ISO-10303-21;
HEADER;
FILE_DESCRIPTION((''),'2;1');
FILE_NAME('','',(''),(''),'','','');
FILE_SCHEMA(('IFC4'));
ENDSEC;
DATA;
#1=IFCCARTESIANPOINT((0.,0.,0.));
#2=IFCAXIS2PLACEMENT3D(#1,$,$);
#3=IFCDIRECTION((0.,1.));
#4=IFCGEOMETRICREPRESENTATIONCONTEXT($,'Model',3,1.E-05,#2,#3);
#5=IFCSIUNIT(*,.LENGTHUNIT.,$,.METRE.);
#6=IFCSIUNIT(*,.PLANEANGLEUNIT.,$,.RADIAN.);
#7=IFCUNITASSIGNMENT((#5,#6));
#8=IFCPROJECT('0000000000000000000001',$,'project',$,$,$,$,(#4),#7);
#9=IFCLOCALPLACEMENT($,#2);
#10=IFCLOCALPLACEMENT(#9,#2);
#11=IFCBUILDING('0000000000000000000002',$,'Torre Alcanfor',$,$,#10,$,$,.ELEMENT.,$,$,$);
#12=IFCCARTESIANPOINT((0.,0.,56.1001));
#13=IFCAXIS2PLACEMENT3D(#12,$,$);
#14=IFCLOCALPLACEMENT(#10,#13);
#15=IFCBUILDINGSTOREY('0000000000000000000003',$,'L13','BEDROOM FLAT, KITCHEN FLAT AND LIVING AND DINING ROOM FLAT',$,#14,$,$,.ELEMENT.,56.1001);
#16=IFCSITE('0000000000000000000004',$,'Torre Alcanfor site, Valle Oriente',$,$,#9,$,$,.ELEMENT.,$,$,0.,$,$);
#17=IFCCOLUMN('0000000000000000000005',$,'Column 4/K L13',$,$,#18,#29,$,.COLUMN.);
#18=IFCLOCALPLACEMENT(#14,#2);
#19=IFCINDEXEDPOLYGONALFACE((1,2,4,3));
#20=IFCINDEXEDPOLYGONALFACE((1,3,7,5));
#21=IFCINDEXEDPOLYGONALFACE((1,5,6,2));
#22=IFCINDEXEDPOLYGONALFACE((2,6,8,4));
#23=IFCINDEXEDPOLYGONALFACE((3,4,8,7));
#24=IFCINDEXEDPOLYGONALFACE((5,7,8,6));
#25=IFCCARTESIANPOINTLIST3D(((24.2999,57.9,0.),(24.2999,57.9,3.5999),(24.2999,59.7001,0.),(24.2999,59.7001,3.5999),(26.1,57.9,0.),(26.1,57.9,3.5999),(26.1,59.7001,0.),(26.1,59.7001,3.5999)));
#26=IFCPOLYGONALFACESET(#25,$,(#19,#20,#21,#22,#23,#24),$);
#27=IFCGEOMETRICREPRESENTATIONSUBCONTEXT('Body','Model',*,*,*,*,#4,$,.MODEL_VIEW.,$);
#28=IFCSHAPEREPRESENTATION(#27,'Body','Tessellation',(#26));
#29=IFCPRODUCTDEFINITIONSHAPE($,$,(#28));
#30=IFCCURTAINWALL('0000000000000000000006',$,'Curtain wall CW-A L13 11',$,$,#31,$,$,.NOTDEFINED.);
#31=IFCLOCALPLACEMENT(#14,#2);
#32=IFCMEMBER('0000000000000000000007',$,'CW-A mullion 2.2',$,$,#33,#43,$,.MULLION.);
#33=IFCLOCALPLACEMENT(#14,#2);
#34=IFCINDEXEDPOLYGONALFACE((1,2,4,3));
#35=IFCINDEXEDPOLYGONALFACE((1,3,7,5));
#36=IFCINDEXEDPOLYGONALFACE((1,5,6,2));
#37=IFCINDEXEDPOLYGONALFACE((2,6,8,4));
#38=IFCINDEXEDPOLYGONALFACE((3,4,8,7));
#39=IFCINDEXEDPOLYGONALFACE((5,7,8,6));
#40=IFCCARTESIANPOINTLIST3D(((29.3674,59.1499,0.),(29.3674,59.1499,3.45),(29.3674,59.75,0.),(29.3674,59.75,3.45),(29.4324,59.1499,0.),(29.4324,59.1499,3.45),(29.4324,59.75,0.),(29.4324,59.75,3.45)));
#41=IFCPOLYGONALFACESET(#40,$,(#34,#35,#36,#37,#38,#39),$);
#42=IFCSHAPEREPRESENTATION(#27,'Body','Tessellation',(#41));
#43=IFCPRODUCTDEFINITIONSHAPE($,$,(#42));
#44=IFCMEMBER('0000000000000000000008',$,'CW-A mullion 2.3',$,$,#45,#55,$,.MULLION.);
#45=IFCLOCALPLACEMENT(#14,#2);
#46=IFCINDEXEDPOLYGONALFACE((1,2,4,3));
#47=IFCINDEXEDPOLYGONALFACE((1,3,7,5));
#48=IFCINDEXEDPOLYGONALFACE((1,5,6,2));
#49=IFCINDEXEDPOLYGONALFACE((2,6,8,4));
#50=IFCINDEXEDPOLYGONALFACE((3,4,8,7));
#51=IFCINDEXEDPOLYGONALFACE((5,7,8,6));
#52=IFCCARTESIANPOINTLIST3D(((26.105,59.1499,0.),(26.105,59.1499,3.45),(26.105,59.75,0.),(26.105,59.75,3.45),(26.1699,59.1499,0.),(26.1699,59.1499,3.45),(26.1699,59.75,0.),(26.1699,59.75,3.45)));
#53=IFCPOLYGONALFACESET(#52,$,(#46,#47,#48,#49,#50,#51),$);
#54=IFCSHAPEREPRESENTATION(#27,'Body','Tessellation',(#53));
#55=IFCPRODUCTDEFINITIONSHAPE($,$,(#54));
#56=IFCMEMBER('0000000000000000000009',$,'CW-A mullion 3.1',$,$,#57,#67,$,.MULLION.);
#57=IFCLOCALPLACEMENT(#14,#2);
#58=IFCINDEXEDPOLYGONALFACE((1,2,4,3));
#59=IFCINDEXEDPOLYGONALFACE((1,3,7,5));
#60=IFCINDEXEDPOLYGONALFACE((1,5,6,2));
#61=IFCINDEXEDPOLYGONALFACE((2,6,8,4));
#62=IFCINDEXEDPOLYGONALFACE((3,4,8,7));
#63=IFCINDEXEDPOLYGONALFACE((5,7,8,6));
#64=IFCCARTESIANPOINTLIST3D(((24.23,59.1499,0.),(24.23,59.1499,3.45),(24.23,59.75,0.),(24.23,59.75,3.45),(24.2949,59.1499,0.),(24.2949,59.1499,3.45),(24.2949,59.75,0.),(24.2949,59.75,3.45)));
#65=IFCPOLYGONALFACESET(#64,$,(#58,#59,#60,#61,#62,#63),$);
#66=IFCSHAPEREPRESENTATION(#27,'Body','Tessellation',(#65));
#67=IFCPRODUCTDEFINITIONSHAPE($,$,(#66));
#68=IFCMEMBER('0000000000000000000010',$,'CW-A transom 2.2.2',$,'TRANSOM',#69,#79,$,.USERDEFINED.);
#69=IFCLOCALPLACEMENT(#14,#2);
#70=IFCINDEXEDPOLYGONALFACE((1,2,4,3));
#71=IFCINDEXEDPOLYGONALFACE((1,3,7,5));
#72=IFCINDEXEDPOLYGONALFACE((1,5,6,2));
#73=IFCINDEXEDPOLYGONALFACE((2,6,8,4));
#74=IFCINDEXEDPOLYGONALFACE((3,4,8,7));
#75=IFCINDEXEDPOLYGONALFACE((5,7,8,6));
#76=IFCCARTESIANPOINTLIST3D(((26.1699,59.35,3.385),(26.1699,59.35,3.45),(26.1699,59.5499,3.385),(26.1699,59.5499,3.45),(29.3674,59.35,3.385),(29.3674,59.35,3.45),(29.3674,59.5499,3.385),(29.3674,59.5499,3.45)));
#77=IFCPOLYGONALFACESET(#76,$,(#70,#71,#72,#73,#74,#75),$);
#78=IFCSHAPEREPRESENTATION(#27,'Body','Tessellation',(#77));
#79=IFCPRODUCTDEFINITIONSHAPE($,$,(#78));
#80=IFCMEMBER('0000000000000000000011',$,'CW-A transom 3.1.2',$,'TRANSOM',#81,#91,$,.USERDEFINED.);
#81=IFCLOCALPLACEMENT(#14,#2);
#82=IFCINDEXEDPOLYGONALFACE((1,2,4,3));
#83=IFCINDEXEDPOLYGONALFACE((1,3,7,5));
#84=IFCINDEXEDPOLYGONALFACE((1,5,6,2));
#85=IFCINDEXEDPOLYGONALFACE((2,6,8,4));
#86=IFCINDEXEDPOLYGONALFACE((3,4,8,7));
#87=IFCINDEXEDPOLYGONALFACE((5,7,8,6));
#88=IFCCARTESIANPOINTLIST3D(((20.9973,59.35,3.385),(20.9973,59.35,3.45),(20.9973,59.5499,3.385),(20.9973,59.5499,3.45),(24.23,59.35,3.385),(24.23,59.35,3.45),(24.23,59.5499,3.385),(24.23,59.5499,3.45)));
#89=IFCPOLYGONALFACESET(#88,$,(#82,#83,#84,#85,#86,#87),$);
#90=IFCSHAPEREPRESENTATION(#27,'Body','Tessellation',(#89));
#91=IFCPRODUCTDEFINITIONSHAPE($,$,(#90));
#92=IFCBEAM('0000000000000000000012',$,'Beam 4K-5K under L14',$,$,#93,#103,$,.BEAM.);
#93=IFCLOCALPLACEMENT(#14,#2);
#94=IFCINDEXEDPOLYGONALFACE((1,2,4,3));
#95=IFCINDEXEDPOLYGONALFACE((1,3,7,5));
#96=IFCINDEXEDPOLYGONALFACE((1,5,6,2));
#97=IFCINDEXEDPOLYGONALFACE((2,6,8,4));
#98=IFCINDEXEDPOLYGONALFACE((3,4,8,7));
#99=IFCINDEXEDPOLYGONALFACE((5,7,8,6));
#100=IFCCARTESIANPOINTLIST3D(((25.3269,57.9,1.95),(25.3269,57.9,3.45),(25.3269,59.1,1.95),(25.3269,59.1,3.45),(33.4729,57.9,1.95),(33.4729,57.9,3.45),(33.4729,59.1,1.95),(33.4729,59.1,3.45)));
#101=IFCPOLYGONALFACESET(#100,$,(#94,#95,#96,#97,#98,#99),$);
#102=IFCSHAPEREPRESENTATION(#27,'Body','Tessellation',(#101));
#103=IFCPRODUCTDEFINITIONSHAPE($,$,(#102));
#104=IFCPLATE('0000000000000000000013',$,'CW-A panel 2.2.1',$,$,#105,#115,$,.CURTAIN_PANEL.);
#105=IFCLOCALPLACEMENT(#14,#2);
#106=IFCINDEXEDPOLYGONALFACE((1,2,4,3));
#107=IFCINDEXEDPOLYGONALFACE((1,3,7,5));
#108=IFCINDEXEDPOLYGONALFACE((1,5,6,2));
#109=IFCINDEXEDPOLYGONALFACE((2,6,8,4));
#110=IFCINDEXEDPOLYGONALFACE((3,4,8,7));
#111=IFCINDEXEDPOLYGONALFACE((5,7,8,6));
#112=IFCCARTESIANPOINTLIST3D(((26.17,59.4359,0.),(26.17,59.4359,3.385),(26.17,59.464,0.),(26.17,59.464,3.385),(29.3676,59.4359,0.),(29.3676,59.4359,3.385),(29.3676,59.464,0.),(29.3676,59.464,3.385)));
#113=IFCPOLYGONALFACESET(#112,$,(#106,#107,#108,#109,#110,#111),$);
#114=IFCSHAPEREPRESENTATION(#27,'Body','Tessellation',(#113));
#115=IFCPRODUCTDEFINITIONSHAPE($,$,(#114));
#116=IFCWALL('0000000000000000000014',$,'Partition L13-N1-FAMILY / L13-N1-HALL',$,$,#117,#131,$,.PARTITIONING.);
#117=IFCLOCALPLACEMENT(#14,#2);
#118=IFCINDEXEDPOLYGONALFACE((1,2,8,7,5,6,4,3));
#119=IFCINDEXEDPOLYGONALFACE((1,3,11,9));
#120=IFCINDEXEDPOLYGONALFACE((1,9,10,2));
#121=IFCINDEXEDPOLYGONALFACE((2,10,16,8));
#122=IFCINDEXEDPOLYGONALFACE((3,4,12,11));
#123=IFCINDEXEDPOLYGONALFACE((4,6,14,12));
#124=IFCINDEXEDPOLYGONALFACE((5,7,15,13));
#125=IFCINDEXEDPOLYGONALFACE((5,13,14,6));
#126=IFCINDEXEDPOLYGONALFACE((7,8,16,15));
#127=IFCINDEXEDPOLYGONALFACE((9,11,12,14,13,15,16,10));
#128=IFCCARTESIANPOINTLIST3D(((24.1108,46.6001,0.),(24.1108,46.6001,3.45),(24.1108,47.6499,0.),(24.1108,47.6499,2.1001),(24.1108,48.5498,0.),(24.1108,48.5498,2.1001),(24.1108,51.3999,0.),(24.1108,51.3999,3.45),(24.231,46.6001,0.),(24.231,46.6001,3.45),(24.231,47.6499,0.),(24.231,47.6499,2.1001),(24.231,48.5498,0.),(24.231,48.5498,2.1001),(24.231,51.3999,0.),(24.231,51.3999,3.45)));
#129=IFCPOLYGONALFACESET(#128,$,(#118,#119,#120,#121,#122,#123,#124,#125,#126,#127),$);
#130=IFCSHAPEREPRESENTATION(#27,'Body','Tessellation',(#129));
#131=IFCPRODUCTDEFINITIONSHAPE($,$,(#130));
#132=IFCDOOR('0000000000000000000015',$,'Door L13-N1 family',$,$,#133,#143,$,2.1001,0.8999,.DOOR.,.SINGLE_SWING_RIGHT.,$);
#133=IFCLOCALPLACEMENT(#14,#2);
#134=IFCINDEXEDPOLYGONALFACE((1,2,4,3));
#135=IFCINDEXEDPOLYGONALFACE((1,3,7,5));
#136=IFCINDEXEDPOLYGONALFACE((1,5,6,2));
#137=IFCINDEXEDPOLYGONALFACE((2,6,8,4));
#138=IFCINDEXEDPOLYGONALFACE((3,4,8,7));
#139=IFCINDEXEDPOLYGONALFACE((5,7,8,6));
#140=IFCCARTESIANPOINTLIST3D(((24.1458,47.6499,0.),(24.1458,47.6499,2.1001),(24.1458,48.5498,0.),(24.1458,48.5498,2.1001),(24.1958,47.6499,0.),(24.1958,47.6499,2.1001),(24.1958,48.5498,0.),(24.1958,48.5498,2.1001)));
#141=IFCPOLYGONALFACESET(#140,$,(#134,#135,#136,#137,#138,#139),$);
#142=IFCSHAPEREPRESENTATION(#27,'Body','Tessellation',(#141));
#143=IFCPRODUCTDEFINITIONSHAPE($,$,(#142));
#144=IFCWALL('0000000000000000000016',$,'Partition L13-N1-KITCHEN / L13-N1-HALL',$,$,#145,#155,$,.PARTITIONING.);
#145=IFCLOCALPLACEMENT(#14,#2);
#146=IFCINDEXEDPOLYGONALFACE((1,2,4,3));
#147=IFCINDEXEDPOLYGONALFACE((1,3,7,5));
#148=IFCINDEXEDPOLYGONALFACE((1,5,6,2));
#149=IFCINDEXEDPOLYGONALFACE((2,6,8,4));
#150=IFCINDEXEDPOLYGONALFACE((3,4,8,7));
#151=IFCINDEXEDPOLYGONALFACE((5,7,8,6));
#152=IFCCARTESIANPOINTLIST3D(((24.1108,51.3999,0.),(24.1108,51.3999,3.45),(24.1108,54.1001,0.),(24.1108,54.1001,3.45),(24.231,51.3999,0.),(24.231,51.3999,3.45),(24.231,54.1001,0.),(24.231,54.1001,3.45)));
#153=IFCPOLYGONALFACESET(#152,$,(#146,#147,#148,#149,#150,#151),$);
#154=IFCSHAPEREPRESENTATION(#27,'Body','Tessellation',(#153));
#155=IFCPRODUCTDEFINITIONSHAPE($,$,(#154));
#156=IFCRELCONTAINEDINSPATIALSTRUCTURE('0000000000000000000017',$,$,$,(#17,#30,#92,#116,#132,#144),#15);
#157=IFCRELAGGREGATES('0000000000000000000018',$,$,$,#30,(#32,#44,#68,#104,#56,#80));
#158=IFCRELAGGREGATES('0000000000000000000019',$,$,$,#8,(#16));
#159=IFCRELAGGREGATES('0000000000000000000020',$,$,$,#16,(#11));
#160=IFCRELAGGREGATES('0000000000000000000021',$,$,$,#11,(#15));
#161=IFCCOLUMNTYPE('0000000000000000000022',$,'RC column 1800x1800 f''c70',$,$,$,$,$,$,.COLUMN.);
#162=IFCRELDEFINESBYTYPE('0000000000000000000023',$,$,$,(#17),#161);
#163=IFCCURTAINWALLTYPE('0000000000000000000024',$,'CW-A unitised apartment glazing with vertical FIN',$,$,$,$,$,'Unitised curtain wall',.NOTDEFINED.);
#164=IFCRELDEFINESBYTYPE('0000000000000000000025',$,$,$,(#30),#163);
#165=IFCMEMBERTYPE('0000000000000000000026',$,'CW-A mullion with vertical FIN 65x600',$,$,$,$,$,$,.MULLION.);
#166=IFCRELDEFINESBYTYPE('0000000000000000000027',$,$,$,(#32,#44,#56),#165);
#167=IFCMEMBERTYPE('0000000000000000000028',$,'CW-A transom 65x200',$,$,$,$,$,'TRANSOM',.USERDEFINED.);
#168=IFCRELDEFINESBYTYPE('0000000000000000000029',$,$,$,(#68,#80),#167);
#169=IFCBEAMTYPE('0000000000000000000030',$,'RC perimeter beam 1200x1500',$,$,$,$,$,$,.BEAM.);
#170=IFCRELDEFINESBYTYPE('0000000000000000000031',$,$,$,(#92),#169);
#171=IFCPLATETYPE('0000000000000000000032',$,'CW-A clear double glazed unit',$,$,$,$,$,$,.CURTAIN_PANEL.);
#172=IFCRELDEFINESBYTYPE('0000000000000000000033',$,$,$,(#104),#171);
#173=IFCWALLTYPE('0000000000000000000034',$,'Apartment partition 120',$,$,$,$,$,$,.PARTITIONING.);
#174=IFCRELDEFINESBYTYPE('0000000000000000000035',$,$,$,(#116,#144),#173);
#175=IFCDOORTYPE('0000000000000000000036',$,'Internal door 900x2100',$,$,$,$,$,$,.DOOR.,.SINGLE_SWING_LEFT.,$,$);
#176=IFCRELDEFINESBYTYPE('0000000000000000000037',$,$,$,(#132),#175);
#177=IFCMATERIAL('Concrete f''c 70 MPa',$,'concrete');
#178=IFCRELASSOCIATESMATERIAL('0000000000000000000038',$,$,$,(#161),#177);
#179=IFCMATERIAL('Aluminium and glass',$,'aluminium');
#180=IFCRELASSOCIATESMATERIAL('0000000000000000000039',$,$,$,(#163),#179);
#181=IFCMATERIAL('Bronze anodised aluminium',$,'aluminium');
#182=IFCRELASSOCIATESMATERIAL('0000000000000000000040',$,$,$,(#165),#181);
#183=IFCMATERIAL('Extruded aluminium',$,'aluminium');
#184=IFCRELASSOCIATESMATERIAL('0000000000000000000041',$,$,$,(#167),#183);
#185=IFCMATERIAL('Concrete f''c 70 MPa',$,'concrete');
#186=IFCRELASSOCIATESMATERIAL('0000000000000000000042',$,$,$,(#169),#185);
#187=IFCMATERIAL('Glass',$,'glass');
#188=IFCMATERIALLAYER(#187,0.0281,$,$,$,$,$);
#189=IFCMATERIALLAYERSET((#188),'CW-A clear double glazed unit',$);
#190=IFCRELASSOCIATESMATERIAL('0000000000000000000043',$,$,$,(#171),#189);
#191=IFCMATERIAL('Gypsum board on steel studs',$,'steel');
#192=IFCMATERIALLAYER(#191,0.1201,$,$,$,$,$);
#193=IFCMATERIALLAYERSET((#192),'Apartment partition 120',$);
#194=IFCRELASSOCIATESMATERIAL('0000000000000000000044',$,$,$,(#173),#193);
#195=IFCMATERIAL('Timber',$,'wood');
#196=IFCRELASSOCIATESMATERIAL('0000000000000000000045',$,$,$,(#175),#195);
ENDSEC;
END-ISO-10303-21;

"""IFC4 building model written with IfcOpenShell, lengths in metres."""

from ifc_helpers import new_model, si_unit, direction, frame, frame_2d, origin, origin_2d, place, context, subcontext, project, spatial, rectangle, extrude, material, layer, layer_set, material_profile, profile_set, type_object, element, fill, aggregate, save


model = new_model("IFC4")

# Units and contexts
model_context = context("Model", 3, precision=1e-05, world=origin(), true_north=direction((0.0, 1.0)))
body_context = subcontext(model_context, "Body", "Model", "MODEL_VIEW")
ifc_project = project(units=[si_unit("LENGTHUNIT", "METRE"), si_unit("PLANEANGLEUNIT", "RADIAN")], contexts=[model_context])

# Site, building, storey
site_placement = place(None, origin())
site = spatial("IfcSite", under=ifc_project, at=site_placement, Name="Torre Alcanfor site, Valle Oriente", CompositionType="ELEMENT", RefElevation=0.0)
building_placement = place(site_placement, origin())
building = spatial("IfcBuilding", under=site, at=building_placement, Name="Torre Alcanfor", CompositionType="ELEMENT")
storey_placement = place(building_placement, frame((0.0, 0.0, 56.1001)))
storey = spatial("IfcBuildingStorey", under=building, at=storey_placement, Name="L13", Description="BEDROOM FLAT, KITCHEN FLAT AND LIVING AND DINING ROOM FLAT", CompositionType="ELEMENT", Elevation=56.1001)

# Column
ifc_material_1 = material(Name="Concrete f'c 70 MPa", Category="concrete")
ifc_material_profile_1 = material_profile(ifc_material_1, rectangle(XDim=1.8, YDim=1.8, at=origin_2d()), Name="1800x1800")
ifc_profile_set_1 = profile_set([ifc_material_profile_1], Name="Concrete f'c 70 MPa")
column_type = type_object("IfcColumnType", Name="RC column 1800x1800 f'c70", PredefinedType="COLUMN", material=ifc_profile_set_1)
column_placement = place(storey_placement, frame((25.2, 58.8, 0.0), z_axis=(0.0, 0.0, 1.0), x_axis=(1.0, 0.0, 0.0)))
element("IfcColumn", 1, at=column_placement, inside=storey, type_object=column_type, Name="Column 4/K L13", PredefinedType="COLUMN", context=body_context, shape_type="SweptSolid", body=[
    extrude(rectangle(XDim=1.8, YDim=1.8, at=origin_2d()), origin(), (0.0, 0.0, 1.0), 3.5999),
])

# Curtain wall, members
ifc_material_2 = material(Name="Aluminium and glass", Category="aluminium")
curtain_wall_type = type_object("IfcCurtainWallType", Name="CW-A unitised apartment glazing with vertical FIN", ElementType="Unitised curtain wall", PredefinedType="NOTDEFINED", material=ifc_material_2)
curtain_wall_placement = place(storey_placement, origin())
curtain_wall = element("IfcCurtainWall", 2, at=curtain_wall_placement, inside=storey, type_object=curtain_wall_type, Name="Curtain wall CW-A L13 11", PredefinedType="NOTDEFINED")
ifc_material_3 = material(Name="Bronze anodised aluminium", Category="aluminium")
ifc_material_profile_2 = material_profile(ifc_material_3, rectangle(XDim=0.6001, YDim=0.0649, at=origin_2d()), Name="CW-A mullion 65x600")
ifc_profile_set_2 = profile_set([ifc_material_profile_2], Name="Bronze anodised aluminium")
member_type_1 = type_object("IfcMemberType", Name="CW-A mullion with vertical FIN 65x600", PredefinedType="MULLION", material=ifc_profile_set_2)
member_1_placement = place(storey_placement, frame((29.3999, 59.45, 0.0), z_axis=(0.0, 0.0, 1.0), x_axis=(0.0, -1.0, 0.0)))
member_1 = element("IfcMember", 3, at=member_1_placement, type_object=member_type_1, Name="CW-A mullion 2.2", PredefinedType="MULLION", context=body_context, shape_type="SweptSolid", body=[
    extrude(rectangle(XDim=0.6001, YDim=0.0649, at=origin_2d()), origin(), (0.0, 0.0, 1.0), 3.45),
])
member_2_placement = place(storey_placement, frame((26.1375, 59.45, 0.0), z_axis=(0.0, 0.0, 1.0), x_axis=(0.0, -1.0, 0.0)))
member_2 = element("IfcMember", 4, at=member_2_placement, type_object=member_type_1, Name="CW-A mullion 2.3", PredefinedType="MULLION", context=body_context, shape_type="SweptSolid", body=[
    extrude(rectangle(XDim=0.6001, YDim=0.0649, at=origin_2d()), origin(), (0.0, 0.0, 1.0), 3.45),
])
member_3_placement = place(storey_placement, frame((24.2625, 59.45, 0.0), z_axis=(0.0, 0.0, 1.0), x_axis=(0.0, -1.0, 0.0)))
member_3 = element("IfcMember", 5, at=member_3_placement, type_object=member_type_1, Name="CW-A mullion 3.1", PredefinedType="MULLION", context=body_context, shape_type="SweptSolid", body=[
    extrude(rectangle(XDim=0.6001, YDim=0.0649, at=origin_2d()), origin(), (0.0, 0.0, 1.0), 3.45),
])
ifc_material_4 = material(Name="Extruded aluminium", Category="aluminium")
ifc_material_profile_3 = material_profile(ifc_material_4, rectangle(XDim=0.2, YDim=0.0649, at=origin_2d()), Name="CW-A transom 200x65")
ifc_profile_set_3 = profile_set([ifc_material_profile_3], Name="Extruded aluminium")
member_type_2 = type_object("IfcMemberType", Name="CW-A transom 65x200", ElementType="TRANSOM", PredefinedType="USERDEFINED", material=ifc_profile_set_3)
member_4_placement = place(storey_placement, frame((29.3674, 59.45, 3.4175), z_axis=(-1.0, 0.0, 0.0), x_axis=(0.0, -1.0, 0.0)))
member_4 = element("IfcMember", 6, at=member_4_placement, type_object=member_type_2, Name="CW-A transom 2.2.2", ObjectType="TRANSOM", PredefinedType="USERDEFINED", context=body_context, shape_type="SweptSolid", body=[
    extrude(rectangle(XDim=0.2, YDim=0.0649, at=origin_2d()), origin(), (0.0, 0.0, 1.0), 3.1975),
])
member_5_placement = place(storey_placement, frame((24.23, 59.45, 3.4175), z_axis=(-1.0, 0.0, 0.0), x_axis=(0.0, -1.0, 0.0)))
member_5 = element("IfcMember", 7, at=member_5_placement, type_object=member_type_2, Name="CW-A transom 3.1.2", ObjectType="TRANSOM", PredefinedType="USERDEFINED", context=body_context, shape_type="SweptSolid", body=[
    extrude(rectangle(XDim=0.2, YDim=0.0649, at=origin_2d()), origin(), (0.0, 0.0, 1.0), 3.2327),
])

# Beam
ifc_material_5 = material(Name="Concrete f'c 70 MPa", Category="concrete")
ifc_material_profile_4 = material_profile(ifc_material_5, rectangle(XDim=1.2, YDim=1.5, at=origin_2d()), Name="1200x1500")
ifc_profile_set_4 = profile_set([ifc_material_profile_4], Name="Concrete f'c 70 MPa")
beam_type = type_object("IfcBeamType", Name="RC perimeter beam 1200x1500", PredefinedType="BEAM", material=ifc_profile_set_4)
beam_placement = place(storey_placement, frame((25.3269, 58.5, 2.7), z_axis=(1.0, 0.0, 0.0), x_axis=(0.0, 1.0, 0.0)))
element("IfcBeam", 8, at=beam_placement, inside=storey, type_object=beam_type, Name="Beam 4K-5K under L14", PredefinedType="BEAM", context=body_context, shape_type="SweptSolid", body=[
    extrude(rectangle(XDim=1.2, YDim=1.5, at=origin_2d()), origin(), (0.0, 0.0, 1.0), 8.146),
])

# Plate
ifc_material_6 = material(Name="Glass", Category="glass")
ifc_layer_1 = layer(ifc_material_6, 0.0281)
ifc_layer_set_1 = layer_set([ifc_layer_1], Name="CW-A clear double glazed unit")
plate_type = type_object("IfcPlateType", Name="CW-A clear double glazed unit", PredefinedType="CURTAIN_PANEL", material=ifc_layer_set_1)
plate_placement = place(storey_placement, frame((27.7688, 59.45, 0.0), z_axis=(0.0, 0.0, 1.0), x_axis=(-1.0, 0.0, 0.0)))
plate = element("IfcPlate", 9, at=plate_placement, type_object=plate_type, Name="CW-A panel 2.2.1", PredefinedType="CURTAIN_PANEL", context=body_context, shape_type="SweptSolid", body=[
    extrude(rectangle(XDim=3.1975, YDim=0.0281, at=origin_2d()), origin(), (0.0, 0.0, 1.0), 3.385),
])
aggregate(curtain_wall, [member_1, member_2, member_4, plate, member_3, member_5])

# Wall, opening, door
ifc_material_7 = material(Name="Gypsum board on steel studs", Category="steel")
ifc_layer_2 = layer(ifc_material_7, 0.1201)
ifc_layer_set_2 = layer_set([ifc_layer_2], Name="Apartment partition 120")
wall_type = type_object("IfcWallType", Name="Apartment partition 120", PredefinedType="PARTITIONING", material=ifc_layer_set_2)
wall_1_placement = place(storey_placement, frame((24.1709, 51.3999, 0.0), z_axis=(0.0, 0.0, 1.0), x_axis=(0.0, -1.0, 0.0)))
wall_1 = element("IfcWall", 10, at=wall_1_placement, inside=storey, type_object=wall_type, Name="Partition L13-N1-FAMILY / L13-N1-HALL", PredefinedType="PARTITIONING", context=body_context, shape_type="SweptSolid", body=[
    extrude(rectangle(XDim=4.7998, YDim=0.1201, at=frame_2d((2.3999, 0.0))), origin(), (0.0, 0.0, 1.0), 3.45),
])
opening_1_placement = place(wall_1_placement, frame((2.8501, 0.0, 0.0)))
opening_1 = element("IfcOpeningElement", 11, at=opening_1_placement, cuts=wall_1, PredefinedType="OPENING", context=body_context, shape_type="SweptSolid", body=[
    extrude(rectangle(XDim=0.8999, YDim=2.1001, at=frame_2d((0.45, 1.05))), frame((0.0, 0.0701, 0.0), z_axis=(0.0, -1.0, 0.0), x_axis=(1.0, 0.0, 0.0)), (0.0, 0.0, 1.0), 0.1401),
])
ifc_material_8 = material(Name="Timber", Category="wood")
door_type = type_object("IfcDoorType", Name="Internal door 900x2100", OperationType="SINGLE_SWING_LEFT", PredefinedType="DOOR", material=ifc_material_8)
door_1_placement = place(opening_1_placement, origin())
door_1 = element("IfcDoor", 12, at=door_1_placement, inside=storey, type_object=door_type, Name="Door L13-N1 family", OperationType="SINGLE_SWING_RIGHT", OverallHeight=2.1001, OverallWidth=0.8999, PredefinedType="DOOR", context=body_context, shape_type="SweptSolid", body=[
    extrude(rectangle(XDim=0.8999, YDim=2.1001, at=frame_2d((0.45, 1.05))), frame((0.0, 0.0249, 0.0), z_axis=(0.0, -1.0, 0.0), x_axis=(1.0, 0.0, 0.0)), (0.0, 0.0, 1.0), 0.05),
])
fill(opening_1, door_1)

# Wall
wall_2_placement = place(storey_placement, frame((24.1709, 54.1001, 0.0), z_axis=(0.0, 0.0, 1.0), x_axis=(0.0, -1.0, 0.0)))
element("IfcWall", 13, at=wall_2_placement, inside=storey, type_object=wall_type, Name="Partition L13-N1-KITCHEN / L13-N1-HALL", PredefinedType="PARTITIONING", context=body_context, shape_type="SweptSolid", body=[
    extrude(rectangle(XDim=2.7002, YDim=0.1201, at=frame_2d((1.3501, 0.0))), origin(), (0.0, 0.0, 1.0), 3.45),
])

save(model, "model.ifc")
